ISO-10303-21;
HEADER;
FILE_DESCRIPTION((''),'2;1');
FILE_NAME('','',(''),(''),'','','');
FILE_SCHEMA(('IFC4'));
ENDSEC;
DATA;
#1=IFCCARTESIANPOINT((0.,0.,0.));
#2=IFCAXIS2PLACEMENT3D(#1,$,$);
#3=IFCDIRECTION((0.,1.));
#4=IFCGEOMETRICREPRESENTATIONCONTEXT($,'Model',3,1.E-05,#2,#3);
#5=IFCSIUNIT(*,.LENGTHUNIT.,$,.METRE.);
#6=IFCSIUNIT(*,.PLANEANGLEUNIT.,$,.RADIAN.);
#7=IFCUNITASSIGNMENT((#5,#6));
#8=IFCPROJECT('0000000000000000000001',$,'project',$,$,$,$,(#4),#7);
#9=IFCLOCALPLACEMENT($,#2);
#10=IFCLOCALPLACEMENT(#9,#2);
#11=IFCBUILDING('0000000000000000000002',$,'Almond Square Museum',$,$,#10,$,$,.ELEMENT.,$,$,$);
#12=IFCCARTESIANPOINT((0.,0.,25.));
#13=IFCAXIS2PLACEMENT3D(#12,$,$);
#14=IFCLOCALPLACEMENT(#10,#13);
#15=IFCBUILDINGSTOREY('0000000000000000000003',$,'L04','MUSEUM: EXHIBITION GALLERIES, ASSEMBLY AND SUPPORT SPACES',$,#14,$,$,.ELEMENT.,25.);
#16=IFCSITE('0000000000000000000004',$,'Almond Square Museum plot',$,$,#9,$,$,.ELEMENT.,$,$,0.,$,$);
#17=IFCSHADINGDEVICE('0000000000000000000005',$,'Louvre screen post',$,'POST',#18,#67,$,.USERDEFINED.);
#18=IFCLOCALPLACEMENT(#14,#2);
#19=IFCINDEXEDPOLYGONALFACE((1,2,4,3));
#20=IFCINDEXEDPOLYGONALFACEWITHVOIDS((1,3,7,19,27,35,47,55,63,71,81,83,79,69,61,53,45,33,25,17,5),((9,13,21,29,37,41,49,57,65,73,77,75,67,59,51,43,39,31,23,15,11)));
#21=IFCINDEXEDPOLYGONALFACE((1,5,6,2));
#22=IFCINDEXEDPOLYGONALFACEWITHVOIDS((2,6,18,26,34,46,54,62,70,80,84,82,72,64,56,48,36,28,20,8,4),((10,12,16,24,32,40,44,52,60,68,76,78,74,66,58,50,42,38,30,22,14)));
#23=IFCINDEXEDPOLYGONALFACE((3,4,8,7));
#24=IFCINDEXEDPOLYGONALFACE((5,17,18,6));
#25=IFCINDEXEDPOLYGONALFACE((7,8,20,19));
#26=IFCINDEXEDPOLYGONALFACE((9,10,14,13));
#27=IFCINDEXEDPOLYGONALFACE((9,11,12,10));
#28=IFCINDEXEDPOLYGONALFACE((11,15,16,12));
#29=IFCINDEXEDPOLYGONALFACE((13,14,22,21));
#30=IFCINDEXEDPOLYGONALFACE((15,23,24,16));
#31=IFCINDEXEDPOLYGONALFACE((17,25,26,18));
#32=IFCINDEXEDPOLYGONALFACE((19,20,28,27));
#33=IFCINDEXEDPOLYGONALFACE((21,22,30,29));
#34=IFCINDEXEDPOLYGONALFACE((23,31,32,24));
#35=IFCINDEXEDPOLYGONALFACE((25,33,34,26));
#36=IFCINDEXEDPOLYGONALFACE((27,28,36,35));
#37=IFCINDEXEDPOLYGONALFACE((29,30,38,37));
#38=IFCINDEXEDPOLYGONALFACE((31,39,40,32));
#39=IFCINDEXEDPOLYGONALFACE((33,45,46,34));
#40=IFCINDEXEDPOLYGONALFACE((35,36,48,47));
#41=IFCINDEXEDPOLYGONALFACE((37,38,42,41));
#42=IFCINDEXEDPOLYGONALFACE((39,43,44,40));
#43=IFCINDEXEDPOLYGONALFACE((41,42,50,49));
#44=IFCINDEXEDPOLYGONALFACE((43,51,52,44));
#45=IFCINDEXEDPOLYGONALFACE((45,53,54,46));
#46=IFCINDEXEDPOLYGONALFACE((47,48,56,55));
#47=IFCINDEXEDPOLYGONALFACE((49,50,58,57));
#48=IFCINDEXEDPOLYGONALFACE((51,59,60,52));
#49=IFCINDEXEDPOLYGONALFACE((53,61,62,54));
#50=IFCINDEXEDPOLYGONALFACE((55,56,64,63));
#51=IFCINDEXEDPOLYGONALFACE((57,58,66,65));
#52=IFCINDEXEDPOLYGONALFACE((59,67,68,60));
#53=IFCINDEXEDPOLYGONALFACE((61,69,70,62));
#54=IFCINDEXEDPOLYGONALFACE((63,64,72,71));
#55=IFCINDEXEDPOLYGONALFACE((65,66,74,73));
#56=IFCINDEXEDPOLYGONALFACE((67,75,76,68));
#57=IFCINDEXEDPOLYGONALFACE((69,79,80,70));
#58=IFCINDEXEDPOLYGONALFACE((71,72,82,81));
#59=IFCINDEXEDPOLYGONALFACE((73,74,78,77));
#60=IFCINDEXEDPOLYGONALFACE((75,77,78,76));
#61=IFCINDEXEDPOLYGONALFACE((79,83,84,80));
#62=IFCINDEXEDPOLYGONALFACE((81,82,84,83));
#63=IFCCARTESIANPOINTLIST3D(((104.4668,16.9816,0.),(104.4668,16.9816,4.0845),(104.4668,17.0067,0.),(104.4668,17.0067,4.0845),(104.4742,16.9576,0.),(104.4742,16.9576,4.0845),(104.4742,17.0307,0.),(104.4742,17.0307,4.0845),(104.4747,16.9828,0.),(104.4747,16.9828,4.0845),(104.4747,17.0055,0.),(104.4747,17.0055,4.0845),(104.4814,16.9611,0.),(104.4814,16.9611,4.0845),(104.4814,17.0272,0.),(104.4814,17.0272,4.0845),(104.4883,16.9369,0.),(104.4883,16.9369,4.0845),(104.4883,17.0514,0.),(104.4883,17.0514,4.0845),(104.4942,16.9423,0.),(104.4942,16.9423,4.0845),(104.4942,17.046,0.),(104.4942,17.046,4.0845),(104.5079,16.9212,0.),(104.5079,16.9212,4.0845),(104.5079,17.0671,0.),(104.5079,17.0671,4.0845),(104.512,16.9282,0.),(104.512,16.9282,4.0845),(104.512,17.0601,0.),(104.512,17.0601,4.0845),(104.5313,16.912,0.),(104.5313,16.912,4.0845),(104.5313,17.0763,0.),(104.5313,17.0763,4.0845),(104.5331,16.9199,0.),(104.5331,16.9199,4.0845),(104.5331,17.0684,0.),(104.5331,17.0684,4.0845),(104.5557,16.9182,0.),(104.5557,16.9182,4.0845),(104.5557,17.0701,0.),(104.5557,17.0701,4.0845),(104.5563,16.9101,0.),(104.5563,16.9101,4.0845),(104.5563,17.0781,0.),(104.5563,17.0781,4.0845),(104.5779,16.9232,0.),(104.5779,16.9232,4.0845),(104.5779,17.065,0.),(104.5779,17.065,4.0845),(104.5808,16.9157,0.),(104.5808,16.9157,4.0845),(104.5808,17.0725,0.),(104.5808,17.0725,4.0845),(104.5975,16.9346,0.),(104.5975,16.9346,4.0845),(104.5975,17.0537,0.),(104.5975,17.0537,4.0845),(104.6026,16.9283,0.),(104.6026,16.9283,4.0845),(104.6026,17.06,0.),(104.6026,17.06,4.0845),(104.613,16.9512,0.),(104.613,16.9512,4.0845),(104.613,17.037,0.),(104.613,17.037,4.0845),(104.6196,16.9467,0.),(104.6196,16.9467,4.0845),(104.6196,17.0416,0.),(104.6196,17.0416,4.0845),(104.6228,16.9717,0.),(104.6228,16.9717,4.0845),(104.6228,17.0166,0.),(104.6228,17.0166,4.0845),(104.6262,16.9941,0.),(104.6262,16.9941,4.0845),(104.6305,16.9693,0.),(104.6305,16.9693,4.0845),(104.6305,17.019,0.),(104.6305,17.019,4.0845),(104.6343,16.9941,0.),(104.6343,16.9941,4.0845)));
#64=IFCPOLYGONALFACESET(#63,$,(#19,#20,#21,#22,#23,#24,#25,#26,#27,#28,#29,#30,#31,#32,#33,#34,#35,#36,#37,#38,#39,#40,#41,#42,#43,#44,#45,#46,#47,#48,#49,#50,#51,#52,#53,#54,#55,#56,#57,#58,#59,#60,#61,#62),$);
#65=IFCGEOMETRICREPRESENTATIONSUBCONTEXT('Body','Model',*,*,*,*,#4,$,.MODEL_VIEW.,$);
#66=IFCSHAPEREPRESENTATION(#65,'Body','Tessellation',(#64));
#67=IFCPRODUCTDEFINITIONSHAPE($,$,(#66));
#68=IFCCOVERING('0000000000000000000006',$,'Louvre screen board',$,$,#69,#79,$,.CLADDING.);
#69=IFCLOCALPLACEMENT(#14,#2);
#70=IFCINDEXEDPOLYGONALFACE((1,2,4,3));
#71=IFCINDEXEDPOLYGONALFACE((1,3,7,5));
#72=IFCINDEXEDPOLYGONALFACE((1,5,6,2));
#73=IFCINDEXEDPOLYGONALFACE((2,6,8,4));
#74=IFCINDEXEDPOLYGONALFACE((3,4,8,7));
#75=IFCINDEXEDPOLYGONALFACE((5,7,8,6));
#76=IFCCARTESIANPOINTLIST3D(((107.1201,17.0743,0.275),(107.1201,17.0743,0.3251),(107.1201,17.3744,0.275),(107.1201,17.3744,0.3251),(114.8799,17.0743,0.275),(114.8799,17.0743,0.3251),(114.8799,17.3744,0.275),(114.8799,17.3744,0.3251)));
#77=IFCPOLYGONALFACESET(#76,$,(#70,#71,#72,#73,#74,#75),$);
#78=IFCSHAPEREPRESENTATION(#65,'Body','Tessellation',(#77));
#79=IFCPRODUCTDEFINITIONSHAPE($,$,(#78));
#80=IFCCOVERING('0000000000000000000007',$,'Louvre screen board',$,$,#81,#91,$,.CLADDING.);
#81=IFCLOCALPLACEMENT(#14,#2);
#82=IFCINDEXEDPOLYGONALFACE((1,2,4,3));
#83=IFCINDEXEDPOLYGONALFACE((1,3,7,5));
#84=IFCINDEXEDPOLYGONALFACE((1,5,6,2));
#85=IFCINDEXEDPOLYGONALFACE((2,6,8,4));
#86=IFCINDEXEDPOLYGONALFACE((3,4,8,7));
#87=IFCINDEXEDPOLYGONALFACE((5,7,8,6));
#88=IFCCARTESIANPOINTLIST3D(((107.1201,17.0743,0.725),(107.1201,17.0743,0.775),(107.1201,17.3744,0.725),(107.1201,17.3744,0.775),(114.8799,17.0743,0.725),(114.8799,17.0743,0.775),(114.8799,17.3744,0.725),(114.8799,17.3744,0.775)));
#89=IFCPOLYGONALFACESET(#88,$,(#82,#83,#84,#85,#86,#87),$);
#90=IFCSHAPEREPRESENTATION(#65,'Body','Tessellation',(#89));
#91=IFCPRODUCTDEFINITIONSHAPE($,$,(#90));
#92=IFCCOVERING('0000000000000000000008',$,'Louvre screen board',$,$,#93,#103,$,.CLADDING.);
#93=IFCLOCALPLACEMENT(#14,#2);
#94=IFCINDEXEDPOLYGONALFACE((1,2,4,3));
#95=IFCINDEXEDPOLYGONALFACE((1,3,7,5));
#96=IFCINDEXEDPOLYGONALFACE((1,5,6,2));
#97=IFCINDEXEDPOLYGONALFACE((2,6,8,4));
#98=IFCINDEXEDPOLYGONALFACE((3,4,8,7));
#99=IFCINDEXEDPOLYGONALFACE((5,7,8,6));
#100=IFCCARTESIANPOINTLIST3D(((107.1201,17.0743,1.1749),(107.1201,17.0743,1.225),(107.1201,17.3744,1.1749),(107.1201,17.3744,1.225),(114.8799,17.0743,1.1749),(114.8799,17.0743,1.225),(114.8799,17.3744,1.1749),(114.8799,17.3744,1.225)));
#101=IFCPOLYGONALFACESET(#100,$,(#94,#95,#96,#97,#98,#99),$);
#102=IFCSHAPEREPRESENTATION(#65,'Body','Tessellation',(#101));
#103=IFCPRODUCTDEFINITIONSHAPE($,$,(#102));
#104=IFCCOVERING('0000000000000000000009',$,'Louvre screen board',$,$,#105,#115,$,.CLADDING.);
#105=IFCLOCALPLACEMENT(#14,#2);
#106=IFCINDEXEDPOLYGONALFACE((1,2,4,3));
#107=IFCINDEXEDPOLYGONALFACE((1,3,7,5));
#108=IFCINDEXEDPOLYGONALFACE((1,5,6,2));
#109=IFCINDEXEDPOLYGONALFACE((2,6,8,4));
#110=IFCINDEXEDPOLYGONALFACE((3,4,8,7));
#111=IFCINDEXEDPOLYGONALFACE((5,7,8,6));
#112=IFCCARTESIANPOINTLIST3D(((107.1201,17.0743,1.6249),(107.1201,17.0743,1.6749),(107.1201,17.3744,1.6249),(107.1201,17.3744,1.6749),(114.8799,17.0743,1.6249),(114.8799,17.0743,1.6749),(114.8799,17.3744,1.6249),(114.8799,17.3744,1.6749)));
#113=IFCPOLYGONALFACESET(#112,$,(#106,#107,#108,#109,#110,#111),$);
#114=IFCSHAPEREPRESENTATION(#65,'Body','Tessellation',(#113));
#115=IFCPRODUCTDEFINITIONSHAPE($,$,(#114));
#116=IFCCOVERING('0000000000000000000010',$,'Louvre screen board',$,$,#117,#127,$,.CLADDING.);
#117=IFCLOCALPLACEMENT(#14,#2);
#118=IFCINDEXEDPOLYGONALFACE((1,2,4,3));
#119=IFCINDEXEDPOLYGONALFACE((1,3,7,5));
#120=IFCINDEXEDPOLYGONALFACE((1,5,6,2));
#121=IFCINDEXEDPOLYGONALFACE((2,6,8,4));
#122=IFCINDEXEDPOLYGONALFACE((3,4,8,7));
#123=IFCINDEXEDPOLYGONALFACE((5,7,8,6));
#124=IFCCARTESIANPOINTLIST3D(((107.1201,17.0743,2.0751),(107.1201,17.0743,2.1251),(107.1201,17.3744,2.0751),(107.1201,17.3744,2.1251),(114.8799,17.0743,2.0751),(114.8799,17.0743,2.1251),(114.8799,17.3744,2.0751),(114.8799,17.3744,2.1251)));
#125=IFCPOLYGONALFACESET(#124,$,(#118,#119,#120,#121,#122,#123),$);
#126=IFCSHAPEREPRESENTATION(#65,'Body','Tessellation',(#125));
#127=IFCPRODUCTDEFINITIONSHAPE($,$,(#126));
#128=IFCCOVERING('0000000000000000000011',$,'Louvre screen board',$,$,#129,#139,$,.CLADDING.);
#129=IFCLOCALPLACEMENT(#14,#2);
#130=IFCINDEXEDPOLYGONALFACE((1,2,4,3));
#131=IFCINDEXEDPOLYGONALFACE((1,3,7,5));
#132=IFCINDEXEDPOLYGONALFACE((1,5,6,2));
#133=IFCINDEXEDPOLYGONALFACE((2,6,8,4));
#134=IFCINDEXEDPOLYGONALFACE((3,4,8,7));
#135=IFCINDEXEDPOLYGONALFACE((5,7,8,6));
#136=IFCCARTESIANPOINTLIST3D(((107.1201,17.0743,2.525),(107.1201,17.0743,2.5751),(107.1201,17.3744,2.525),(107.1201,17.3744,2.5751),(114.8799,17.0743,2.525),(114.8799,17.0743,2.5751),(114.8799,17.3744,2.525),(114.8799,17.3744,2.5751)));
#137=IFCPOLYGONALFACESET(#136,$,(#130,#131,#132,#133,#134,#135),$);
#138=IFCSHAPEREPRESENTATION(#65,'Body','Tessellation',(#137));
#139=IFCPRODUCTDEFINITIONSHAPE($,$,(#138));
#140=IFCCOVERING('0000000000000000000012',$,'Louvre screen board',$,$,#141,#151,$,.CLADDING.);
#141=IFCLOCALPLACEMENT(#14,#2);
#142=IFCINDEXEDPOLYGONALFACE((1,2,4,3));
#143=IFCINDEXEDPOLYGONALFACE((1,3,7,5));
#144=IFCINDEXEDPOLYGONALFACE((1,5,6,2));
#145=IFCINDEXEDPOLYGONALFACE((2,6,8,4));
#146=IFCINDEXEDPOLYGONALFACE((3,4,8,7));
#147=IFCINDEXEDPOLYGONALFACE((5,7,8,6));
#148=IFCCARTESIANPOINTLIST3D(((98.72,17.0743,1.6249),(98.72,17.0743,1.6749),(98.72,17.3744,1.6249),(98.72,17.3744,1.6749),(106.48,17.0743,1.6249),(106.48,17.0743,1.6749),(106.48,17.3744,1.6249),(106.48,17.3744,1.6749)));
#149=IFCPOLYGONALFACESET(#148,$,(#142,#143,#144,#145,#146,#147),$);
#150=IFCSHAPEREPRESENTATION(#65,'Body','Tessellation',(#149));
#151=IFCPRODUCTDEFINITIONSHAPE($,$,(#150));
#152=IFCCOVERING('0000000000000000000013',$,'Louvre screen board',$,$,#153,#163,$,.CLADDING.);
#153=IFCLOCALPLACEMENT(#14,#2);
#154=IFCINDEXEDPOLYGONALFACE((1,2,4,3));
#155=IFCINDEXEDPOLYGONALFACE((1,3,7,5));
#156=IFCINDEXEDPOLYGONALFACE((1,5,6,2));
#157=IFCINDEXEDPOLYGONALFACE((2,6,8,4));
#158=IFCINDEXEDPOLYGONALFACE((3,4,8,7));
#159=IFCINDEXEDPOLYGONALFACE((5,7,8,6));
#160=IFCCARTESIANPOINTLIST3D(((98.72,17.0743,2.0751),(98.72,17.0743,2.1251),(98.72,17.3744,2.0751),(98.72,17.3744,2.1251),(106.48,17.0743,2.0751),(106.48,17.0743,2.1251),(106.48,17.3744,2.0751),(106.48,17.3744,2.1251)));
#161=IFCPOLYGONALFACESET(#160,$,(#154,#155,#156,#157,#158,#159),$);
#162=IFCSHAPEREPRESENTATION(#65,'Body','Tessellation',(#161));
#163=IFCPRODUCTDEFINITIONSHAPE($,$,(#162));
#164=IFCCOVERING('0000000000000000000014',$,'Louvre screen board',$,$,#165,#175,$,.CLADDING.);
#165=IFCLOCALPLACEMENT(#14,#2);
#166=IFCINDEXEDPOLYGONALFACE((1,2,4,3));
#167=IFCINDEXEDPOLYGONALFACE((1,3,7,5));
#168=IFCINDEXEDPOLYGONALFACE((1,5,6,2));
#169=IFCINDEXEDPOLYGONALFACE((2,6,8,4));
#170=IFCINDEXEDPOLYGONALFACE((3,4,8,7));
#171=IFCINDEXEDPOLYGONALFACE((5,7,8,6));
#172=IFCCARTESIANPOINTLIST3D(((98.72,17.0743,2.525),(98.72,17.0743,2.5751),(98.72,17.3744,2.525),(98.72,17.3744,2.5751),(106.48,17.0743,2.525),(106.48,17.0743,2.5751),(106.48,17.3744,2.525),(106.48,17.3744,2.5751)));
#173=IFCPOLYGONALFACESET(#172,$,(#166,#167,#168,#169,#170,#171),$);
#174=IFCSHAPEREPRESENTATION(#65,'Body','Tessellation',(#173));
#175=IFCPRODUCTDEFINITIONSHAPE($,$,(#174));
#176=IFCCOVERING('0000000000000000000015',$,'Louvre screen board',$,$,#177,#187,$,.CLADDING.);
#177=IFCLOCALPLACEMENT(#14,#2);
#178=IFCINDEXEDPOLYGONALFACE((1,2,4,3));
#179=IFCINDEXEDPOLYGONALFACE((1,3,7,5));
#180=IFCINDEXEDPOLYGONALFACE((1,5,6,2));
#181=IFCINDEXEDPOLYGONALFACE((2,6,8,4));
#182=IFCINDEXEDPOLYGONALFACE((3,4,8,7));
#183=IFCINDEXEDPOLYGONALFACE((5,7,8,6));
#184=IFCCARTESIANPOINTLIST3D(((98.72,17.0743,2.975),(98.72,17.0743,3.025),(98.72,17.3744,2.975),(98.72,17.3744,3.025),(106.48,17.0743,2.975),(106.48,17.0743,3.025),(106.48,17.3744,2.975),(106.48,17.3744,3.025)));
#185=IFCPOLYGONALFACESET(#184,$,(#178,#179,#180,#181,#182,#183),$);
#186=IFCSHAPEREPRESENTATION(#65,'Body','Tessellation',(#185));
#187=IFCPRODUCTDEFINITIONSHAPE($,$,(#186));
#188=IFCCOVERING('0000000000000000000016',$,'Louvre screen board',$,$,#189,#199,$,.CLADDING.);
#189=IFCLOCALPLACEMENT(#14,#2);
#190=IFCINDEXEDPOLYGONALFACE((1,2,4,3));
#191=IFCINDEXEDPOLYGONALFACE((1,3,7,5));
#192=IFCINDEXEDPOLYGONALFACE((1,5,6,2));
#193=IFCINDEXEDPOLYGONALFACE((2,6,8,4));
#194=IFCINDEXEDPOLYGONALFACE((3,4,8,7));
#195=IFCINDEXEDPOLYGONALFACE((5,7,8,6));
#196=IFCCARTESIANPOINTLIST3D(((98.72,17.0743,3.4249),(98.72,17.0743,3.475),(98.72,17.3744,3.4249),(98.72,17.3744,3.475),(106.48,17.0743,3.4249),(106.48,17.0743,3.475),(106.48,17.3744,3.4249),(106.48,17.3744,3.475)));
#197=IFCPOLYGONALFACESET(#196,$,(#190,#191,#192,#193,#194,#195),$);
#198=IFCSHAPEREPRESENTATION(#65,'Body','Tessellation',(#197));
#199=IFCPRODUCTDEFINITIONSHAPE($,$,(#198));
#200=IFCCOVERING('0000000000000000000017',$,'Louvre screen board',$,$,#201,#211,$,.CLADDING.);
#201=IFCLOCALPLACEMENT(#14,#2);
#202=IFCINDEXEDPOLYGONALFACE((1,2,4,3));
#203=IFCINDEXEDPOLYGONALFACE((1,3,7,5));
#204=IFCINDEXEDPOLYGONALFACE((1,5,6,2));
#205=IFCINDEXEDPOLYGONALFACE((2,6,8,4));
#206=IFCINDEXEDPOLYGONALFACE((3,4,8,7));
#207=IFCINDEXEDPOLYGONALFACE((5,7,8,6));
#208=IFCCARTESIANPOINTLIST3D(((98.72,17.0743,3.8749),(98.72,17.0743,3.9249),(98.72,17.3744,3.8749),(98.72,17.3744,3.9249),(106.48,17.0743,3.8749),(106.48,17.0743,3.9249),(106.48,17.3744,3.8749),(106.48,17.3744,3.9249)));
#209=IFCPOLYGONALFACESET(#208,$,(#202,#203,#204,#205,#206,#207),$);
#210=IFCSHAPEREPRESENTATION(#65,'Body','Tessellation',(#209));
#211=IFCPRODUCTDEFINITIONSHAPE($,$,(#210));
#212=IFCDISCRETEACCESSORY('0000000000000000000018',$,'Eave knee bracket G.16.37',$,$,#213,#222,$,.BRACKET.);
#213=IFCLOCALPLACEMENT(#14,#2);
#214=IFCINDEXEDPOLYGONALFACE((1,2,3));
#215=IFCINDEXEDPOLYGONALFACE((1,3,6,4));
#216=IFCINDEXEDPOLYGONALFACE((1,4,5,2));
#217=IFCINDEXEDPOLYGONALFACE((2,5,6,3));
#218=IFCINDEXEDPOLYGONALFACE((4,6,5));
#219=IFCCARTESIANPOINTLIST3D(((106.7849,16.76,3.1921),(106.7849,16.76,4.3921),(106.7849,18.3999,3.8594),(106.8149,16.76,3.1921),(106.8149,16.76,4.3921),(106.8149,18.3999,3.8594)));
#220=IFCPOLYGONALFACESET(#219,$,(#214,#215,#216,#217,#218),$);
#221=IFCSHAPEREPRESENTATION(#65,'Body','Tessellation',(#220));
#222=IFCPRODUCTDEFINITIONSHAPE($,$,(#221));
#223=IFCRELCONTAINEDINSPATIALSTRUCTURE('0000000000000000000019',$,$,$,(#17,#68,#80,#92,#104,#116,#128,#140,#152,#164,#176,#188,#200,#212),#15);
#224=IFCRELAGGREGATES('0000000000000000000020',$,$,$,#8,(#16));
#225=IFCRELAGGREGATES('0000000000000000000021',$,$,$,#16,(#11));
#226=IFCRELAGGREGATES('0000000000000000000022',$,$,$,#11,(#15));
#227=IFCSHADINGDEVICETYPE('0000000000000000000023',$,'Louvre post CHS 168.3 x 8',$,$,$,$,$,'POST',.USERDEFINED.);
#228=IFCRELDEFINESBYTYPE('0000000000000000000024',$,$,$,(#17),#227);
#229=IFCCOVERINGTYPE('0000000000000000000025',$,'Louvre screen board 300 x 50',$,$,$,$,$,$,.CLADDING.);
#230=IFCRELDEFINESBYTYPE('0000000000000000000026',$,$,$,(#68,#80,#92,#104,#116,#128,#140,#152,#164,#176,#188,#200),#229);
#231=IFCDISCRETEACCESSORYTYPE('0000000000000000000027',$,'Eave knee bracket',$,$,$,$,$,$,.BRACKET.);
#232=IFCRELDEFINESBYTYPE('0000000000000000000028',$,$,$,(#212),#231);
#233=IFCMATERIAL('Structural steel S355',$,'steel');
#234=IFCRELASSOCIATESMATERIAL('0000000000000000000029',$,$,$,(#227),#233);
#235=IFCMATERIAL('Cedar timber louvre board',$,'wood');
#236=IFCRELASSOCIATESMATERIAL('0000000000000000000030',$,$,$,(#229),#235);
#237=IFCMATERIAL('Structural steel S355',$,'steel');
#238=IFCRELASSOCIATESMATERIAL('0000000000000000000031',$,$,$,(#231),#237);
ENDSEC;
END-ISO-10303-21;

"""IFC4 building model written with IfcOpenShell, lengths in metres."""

from ifc_helpers import new_model, si_unit, direction, frame, origin, origin_2d, place, context, subcontext, project, spatial, polyline, rectangle, hollow_circle, outline, extrude, material, material_profile, profile_set, type_object, element, save


model = new_model("IFC4")

# Units and contexts
model_context = context("Model", 3, precision=1e-05, world=origin(), true_north=direction((0.0, 1.0)))
body_context = subcontext(model_context, "Body", "Model", "MODEL_VIEW")
ifc_project = project(units=[si_unit("LENGTHUNIT", "METRE"), si_unit("PLANEANGLEUNIT", "RADIAN")], contexts=[model_context])

# Site, building, storey
site_placement = place(None, origin())
site = spatial("IfcSite", under=ifc_project, at=site_placement, Name="Almond Square Museum plot", CompositionType="ELEMENT", RefElevation=0.0)
building_placement = place(site_placement, origin())
building = spatial("IfcBuilding", under=site, at=building_placement, Name="Almond Square Museum", CompositionType="ELEMENT")
storey_placement = place(building_placement, frame((0.0, 0.0, 25.0)))
storey = spatial("IfcBuildingStorey", under=building, at=storey_placement, Name="L04", Description="MUSEUM: EXHIBITION GALLERIES, ASSEMBLY AND SUPPORT SPACES", CompositionType="ELEMENT", Elevation=25.0)

# Shading device
ifc_material_1 = material(Name="Structural steel S355", Category="steel")
ifc_material_profile_1 = material_profile(ifc_material_1, hollow_circle(Radius=0.0842, WallThickness=0.0081, at=origin_2d()))
ifc_profile_set_1 = profile_set([ifc_material_profile_1], Name="Structural steel S355")
shading_device_type = type_object("IfcShadingDeviceType", Name="Louvre post CHS 168.3 x 8", ElementType="POST", PredefinedType="USERDEFINED", material=ifc_profile_set_1)
for number, where, z_axis, x_axis, name in (
    (1, (104.55, 16.9941, 0.0), (0.0, 0.0, 1.0), (1.0, 0.0, 0.0), "Louvre screen post"),
):
    element("IfcShadingDevice", number, at=place(storey_placement, frame(where, z_axis=z_axis, x_axis=x_axis)), inside=storey, type_object=shading_device_type, Name=name, ObjectType="POST", PredefinedType="USERDEFINED", context=body_context, shape_type="SweptSolid", body=[
        extrude(hollow_circle(Radius=0.0842, WallThickness=0.0081, at=origin_2d()), origin(), (0.0, 0.0, 1.0), 4.0845),
    ])

# Coverings
ifc_material_2 = material(Name="Cedar timber louvre board", Category="wood")
ifc_material_profile_2 = material_profile(ifc_material_2, rectangle(XDim=0.3, YDim=0.05, at=origin_2d()))
ifc_profile_set_2 = profile_set([ifc_material_profile_2], Name="Cedar timber louvre board")
covering_type = type_object("IfcCoveringType", Name="Louvre screen board 300 x 50", PredefinedType="CLADDING", material=ifc_profile_set_2)
for number, where, z_axis, x_axis, name in (
    (2, (107.1201, 17.2244, 0.3), (1.0, 0.0, 0.0), (0.0, 1.0, 0.0), "Louvre screen board"),
    (3, (107.1201, 17.2244, 0.75), (1.0, 0.0, 0.0), (0.0, 1.0, 0.0), "Louvre screen board"),
    (4, (107.1201, 17.2244, 1.2), (1.0, 0.0, 0.0), (0.0, 1.0, 0.0), "Louvre screen board"),
    (5, (107.1201, 17.2244, 1.6499), (1.0, 0.0, 0.0), (0.0, 1.0, 0.0), "Louvre screen board"),
    (6, (107.1201, 17.2244, 2.1001), (1.0, 0.0, 0.0), (0.0, 1.0, 0.0), "Louvre screen board"),
    (7, (107.1201, 17.2244, 2.55), (1.0, 0.0, 0.0), (0.0, 1.0, 0.0), "Louvre screen board"),
):
    element("IfcCovering", number, at=place(storey_placement, frame(where, z_axis=z_axis, x_axis=x_axis)), inside=storey, type_object=covering_type, Name=name, PredefinedType="CLADDING", context=body_context, shape_type="SweptSolid", body=[
        extrude(rectangle(XDim=0.3, YDim=0.05, at=origin_2d()), origin(), (0.0, 0.0, 1.0), 7.7598),
    ])
for number, where, z_axis, x_axis, name in (
    (8, (98.72, 17.2244, 1.6499), (1.0, 0.0, 0.0), (0.0, 1.0, 0.0), "Louvre screen board"),
    (9, (98.72, 17.2244, 2.1001), (1.0, 0.0, 0.0), (0.0, 1.0, 0.0), "Louvre screen board"),
    (10, (98.72, 17.2244, 2.55), (1.0, 0.0, 0.0), (0.0, 1.0, 0.0), "Louvre screen board"),
    (11, (98.72, 17.2244, 3.0), (1.0, 0.0, 0.0), (0.0, 1.0, 0.0), "Louvre screen board"),
    (12, (98.72, 17.2244, 3.45), (1.0, 0.0, 0.0), (0.0, 1.0, 0.0), "Louvre screen board"),
    (13, (98.72, 17.2244, 3.8999), (1.0, 0.0, 0.0), (0.0, 1.0, 0.0), "Louvre screen board"),
):
    element("IfcCovering", number, at=place(storey_placement, frame(where, z_axis=z_axis, x_axis=x_axis)), inside=storey, type_object=covering_type, Name=name, PredefinedType="CLADDING", context=body_context, shape_type="SweptSolid", body=[
        extrude(rectangle(XDim=0.3, YDim=0.05, at=origin_2d()), origin(), (0.0, 0.0, 1.0), 7.76),
    ])

# Discrete accessory
ifc_material_3 = material(Name="Structural steel S355", Category="steel")
discrete_accessory_type = type_object("IfcDiscreteAccessoryType", Name="Eave knee bracket", PredefinedType="BRACKET", material=ifc_material_3)
discrete_accessory_placement = place(storey_placement, frame((106.8, 16.76, 4.3921), z_axis=(1.0, 0.0, 0.0), x_axis=(0.0, 0.0, -1.0)))
element("IfcDiscreteAccessory", 14, at=discrete_accessory_placement, inside=storey, type_object=discrete_accessory_type, Name="Eave knee bracket G.16.37", PredefinedType="BRACKET", context=body_context, shape_type="SweptSolid", body=[
    extrude(outline(polyline([(0.0, 0.0), (1.2, 0.0), (0.5327, 1.6399), (0.0, 0.0)])), frame((0.0, 0.0, -0.0151)), (0.0, 0.0, 1.0), 0.03),
])

save(model, "model.ifc")
